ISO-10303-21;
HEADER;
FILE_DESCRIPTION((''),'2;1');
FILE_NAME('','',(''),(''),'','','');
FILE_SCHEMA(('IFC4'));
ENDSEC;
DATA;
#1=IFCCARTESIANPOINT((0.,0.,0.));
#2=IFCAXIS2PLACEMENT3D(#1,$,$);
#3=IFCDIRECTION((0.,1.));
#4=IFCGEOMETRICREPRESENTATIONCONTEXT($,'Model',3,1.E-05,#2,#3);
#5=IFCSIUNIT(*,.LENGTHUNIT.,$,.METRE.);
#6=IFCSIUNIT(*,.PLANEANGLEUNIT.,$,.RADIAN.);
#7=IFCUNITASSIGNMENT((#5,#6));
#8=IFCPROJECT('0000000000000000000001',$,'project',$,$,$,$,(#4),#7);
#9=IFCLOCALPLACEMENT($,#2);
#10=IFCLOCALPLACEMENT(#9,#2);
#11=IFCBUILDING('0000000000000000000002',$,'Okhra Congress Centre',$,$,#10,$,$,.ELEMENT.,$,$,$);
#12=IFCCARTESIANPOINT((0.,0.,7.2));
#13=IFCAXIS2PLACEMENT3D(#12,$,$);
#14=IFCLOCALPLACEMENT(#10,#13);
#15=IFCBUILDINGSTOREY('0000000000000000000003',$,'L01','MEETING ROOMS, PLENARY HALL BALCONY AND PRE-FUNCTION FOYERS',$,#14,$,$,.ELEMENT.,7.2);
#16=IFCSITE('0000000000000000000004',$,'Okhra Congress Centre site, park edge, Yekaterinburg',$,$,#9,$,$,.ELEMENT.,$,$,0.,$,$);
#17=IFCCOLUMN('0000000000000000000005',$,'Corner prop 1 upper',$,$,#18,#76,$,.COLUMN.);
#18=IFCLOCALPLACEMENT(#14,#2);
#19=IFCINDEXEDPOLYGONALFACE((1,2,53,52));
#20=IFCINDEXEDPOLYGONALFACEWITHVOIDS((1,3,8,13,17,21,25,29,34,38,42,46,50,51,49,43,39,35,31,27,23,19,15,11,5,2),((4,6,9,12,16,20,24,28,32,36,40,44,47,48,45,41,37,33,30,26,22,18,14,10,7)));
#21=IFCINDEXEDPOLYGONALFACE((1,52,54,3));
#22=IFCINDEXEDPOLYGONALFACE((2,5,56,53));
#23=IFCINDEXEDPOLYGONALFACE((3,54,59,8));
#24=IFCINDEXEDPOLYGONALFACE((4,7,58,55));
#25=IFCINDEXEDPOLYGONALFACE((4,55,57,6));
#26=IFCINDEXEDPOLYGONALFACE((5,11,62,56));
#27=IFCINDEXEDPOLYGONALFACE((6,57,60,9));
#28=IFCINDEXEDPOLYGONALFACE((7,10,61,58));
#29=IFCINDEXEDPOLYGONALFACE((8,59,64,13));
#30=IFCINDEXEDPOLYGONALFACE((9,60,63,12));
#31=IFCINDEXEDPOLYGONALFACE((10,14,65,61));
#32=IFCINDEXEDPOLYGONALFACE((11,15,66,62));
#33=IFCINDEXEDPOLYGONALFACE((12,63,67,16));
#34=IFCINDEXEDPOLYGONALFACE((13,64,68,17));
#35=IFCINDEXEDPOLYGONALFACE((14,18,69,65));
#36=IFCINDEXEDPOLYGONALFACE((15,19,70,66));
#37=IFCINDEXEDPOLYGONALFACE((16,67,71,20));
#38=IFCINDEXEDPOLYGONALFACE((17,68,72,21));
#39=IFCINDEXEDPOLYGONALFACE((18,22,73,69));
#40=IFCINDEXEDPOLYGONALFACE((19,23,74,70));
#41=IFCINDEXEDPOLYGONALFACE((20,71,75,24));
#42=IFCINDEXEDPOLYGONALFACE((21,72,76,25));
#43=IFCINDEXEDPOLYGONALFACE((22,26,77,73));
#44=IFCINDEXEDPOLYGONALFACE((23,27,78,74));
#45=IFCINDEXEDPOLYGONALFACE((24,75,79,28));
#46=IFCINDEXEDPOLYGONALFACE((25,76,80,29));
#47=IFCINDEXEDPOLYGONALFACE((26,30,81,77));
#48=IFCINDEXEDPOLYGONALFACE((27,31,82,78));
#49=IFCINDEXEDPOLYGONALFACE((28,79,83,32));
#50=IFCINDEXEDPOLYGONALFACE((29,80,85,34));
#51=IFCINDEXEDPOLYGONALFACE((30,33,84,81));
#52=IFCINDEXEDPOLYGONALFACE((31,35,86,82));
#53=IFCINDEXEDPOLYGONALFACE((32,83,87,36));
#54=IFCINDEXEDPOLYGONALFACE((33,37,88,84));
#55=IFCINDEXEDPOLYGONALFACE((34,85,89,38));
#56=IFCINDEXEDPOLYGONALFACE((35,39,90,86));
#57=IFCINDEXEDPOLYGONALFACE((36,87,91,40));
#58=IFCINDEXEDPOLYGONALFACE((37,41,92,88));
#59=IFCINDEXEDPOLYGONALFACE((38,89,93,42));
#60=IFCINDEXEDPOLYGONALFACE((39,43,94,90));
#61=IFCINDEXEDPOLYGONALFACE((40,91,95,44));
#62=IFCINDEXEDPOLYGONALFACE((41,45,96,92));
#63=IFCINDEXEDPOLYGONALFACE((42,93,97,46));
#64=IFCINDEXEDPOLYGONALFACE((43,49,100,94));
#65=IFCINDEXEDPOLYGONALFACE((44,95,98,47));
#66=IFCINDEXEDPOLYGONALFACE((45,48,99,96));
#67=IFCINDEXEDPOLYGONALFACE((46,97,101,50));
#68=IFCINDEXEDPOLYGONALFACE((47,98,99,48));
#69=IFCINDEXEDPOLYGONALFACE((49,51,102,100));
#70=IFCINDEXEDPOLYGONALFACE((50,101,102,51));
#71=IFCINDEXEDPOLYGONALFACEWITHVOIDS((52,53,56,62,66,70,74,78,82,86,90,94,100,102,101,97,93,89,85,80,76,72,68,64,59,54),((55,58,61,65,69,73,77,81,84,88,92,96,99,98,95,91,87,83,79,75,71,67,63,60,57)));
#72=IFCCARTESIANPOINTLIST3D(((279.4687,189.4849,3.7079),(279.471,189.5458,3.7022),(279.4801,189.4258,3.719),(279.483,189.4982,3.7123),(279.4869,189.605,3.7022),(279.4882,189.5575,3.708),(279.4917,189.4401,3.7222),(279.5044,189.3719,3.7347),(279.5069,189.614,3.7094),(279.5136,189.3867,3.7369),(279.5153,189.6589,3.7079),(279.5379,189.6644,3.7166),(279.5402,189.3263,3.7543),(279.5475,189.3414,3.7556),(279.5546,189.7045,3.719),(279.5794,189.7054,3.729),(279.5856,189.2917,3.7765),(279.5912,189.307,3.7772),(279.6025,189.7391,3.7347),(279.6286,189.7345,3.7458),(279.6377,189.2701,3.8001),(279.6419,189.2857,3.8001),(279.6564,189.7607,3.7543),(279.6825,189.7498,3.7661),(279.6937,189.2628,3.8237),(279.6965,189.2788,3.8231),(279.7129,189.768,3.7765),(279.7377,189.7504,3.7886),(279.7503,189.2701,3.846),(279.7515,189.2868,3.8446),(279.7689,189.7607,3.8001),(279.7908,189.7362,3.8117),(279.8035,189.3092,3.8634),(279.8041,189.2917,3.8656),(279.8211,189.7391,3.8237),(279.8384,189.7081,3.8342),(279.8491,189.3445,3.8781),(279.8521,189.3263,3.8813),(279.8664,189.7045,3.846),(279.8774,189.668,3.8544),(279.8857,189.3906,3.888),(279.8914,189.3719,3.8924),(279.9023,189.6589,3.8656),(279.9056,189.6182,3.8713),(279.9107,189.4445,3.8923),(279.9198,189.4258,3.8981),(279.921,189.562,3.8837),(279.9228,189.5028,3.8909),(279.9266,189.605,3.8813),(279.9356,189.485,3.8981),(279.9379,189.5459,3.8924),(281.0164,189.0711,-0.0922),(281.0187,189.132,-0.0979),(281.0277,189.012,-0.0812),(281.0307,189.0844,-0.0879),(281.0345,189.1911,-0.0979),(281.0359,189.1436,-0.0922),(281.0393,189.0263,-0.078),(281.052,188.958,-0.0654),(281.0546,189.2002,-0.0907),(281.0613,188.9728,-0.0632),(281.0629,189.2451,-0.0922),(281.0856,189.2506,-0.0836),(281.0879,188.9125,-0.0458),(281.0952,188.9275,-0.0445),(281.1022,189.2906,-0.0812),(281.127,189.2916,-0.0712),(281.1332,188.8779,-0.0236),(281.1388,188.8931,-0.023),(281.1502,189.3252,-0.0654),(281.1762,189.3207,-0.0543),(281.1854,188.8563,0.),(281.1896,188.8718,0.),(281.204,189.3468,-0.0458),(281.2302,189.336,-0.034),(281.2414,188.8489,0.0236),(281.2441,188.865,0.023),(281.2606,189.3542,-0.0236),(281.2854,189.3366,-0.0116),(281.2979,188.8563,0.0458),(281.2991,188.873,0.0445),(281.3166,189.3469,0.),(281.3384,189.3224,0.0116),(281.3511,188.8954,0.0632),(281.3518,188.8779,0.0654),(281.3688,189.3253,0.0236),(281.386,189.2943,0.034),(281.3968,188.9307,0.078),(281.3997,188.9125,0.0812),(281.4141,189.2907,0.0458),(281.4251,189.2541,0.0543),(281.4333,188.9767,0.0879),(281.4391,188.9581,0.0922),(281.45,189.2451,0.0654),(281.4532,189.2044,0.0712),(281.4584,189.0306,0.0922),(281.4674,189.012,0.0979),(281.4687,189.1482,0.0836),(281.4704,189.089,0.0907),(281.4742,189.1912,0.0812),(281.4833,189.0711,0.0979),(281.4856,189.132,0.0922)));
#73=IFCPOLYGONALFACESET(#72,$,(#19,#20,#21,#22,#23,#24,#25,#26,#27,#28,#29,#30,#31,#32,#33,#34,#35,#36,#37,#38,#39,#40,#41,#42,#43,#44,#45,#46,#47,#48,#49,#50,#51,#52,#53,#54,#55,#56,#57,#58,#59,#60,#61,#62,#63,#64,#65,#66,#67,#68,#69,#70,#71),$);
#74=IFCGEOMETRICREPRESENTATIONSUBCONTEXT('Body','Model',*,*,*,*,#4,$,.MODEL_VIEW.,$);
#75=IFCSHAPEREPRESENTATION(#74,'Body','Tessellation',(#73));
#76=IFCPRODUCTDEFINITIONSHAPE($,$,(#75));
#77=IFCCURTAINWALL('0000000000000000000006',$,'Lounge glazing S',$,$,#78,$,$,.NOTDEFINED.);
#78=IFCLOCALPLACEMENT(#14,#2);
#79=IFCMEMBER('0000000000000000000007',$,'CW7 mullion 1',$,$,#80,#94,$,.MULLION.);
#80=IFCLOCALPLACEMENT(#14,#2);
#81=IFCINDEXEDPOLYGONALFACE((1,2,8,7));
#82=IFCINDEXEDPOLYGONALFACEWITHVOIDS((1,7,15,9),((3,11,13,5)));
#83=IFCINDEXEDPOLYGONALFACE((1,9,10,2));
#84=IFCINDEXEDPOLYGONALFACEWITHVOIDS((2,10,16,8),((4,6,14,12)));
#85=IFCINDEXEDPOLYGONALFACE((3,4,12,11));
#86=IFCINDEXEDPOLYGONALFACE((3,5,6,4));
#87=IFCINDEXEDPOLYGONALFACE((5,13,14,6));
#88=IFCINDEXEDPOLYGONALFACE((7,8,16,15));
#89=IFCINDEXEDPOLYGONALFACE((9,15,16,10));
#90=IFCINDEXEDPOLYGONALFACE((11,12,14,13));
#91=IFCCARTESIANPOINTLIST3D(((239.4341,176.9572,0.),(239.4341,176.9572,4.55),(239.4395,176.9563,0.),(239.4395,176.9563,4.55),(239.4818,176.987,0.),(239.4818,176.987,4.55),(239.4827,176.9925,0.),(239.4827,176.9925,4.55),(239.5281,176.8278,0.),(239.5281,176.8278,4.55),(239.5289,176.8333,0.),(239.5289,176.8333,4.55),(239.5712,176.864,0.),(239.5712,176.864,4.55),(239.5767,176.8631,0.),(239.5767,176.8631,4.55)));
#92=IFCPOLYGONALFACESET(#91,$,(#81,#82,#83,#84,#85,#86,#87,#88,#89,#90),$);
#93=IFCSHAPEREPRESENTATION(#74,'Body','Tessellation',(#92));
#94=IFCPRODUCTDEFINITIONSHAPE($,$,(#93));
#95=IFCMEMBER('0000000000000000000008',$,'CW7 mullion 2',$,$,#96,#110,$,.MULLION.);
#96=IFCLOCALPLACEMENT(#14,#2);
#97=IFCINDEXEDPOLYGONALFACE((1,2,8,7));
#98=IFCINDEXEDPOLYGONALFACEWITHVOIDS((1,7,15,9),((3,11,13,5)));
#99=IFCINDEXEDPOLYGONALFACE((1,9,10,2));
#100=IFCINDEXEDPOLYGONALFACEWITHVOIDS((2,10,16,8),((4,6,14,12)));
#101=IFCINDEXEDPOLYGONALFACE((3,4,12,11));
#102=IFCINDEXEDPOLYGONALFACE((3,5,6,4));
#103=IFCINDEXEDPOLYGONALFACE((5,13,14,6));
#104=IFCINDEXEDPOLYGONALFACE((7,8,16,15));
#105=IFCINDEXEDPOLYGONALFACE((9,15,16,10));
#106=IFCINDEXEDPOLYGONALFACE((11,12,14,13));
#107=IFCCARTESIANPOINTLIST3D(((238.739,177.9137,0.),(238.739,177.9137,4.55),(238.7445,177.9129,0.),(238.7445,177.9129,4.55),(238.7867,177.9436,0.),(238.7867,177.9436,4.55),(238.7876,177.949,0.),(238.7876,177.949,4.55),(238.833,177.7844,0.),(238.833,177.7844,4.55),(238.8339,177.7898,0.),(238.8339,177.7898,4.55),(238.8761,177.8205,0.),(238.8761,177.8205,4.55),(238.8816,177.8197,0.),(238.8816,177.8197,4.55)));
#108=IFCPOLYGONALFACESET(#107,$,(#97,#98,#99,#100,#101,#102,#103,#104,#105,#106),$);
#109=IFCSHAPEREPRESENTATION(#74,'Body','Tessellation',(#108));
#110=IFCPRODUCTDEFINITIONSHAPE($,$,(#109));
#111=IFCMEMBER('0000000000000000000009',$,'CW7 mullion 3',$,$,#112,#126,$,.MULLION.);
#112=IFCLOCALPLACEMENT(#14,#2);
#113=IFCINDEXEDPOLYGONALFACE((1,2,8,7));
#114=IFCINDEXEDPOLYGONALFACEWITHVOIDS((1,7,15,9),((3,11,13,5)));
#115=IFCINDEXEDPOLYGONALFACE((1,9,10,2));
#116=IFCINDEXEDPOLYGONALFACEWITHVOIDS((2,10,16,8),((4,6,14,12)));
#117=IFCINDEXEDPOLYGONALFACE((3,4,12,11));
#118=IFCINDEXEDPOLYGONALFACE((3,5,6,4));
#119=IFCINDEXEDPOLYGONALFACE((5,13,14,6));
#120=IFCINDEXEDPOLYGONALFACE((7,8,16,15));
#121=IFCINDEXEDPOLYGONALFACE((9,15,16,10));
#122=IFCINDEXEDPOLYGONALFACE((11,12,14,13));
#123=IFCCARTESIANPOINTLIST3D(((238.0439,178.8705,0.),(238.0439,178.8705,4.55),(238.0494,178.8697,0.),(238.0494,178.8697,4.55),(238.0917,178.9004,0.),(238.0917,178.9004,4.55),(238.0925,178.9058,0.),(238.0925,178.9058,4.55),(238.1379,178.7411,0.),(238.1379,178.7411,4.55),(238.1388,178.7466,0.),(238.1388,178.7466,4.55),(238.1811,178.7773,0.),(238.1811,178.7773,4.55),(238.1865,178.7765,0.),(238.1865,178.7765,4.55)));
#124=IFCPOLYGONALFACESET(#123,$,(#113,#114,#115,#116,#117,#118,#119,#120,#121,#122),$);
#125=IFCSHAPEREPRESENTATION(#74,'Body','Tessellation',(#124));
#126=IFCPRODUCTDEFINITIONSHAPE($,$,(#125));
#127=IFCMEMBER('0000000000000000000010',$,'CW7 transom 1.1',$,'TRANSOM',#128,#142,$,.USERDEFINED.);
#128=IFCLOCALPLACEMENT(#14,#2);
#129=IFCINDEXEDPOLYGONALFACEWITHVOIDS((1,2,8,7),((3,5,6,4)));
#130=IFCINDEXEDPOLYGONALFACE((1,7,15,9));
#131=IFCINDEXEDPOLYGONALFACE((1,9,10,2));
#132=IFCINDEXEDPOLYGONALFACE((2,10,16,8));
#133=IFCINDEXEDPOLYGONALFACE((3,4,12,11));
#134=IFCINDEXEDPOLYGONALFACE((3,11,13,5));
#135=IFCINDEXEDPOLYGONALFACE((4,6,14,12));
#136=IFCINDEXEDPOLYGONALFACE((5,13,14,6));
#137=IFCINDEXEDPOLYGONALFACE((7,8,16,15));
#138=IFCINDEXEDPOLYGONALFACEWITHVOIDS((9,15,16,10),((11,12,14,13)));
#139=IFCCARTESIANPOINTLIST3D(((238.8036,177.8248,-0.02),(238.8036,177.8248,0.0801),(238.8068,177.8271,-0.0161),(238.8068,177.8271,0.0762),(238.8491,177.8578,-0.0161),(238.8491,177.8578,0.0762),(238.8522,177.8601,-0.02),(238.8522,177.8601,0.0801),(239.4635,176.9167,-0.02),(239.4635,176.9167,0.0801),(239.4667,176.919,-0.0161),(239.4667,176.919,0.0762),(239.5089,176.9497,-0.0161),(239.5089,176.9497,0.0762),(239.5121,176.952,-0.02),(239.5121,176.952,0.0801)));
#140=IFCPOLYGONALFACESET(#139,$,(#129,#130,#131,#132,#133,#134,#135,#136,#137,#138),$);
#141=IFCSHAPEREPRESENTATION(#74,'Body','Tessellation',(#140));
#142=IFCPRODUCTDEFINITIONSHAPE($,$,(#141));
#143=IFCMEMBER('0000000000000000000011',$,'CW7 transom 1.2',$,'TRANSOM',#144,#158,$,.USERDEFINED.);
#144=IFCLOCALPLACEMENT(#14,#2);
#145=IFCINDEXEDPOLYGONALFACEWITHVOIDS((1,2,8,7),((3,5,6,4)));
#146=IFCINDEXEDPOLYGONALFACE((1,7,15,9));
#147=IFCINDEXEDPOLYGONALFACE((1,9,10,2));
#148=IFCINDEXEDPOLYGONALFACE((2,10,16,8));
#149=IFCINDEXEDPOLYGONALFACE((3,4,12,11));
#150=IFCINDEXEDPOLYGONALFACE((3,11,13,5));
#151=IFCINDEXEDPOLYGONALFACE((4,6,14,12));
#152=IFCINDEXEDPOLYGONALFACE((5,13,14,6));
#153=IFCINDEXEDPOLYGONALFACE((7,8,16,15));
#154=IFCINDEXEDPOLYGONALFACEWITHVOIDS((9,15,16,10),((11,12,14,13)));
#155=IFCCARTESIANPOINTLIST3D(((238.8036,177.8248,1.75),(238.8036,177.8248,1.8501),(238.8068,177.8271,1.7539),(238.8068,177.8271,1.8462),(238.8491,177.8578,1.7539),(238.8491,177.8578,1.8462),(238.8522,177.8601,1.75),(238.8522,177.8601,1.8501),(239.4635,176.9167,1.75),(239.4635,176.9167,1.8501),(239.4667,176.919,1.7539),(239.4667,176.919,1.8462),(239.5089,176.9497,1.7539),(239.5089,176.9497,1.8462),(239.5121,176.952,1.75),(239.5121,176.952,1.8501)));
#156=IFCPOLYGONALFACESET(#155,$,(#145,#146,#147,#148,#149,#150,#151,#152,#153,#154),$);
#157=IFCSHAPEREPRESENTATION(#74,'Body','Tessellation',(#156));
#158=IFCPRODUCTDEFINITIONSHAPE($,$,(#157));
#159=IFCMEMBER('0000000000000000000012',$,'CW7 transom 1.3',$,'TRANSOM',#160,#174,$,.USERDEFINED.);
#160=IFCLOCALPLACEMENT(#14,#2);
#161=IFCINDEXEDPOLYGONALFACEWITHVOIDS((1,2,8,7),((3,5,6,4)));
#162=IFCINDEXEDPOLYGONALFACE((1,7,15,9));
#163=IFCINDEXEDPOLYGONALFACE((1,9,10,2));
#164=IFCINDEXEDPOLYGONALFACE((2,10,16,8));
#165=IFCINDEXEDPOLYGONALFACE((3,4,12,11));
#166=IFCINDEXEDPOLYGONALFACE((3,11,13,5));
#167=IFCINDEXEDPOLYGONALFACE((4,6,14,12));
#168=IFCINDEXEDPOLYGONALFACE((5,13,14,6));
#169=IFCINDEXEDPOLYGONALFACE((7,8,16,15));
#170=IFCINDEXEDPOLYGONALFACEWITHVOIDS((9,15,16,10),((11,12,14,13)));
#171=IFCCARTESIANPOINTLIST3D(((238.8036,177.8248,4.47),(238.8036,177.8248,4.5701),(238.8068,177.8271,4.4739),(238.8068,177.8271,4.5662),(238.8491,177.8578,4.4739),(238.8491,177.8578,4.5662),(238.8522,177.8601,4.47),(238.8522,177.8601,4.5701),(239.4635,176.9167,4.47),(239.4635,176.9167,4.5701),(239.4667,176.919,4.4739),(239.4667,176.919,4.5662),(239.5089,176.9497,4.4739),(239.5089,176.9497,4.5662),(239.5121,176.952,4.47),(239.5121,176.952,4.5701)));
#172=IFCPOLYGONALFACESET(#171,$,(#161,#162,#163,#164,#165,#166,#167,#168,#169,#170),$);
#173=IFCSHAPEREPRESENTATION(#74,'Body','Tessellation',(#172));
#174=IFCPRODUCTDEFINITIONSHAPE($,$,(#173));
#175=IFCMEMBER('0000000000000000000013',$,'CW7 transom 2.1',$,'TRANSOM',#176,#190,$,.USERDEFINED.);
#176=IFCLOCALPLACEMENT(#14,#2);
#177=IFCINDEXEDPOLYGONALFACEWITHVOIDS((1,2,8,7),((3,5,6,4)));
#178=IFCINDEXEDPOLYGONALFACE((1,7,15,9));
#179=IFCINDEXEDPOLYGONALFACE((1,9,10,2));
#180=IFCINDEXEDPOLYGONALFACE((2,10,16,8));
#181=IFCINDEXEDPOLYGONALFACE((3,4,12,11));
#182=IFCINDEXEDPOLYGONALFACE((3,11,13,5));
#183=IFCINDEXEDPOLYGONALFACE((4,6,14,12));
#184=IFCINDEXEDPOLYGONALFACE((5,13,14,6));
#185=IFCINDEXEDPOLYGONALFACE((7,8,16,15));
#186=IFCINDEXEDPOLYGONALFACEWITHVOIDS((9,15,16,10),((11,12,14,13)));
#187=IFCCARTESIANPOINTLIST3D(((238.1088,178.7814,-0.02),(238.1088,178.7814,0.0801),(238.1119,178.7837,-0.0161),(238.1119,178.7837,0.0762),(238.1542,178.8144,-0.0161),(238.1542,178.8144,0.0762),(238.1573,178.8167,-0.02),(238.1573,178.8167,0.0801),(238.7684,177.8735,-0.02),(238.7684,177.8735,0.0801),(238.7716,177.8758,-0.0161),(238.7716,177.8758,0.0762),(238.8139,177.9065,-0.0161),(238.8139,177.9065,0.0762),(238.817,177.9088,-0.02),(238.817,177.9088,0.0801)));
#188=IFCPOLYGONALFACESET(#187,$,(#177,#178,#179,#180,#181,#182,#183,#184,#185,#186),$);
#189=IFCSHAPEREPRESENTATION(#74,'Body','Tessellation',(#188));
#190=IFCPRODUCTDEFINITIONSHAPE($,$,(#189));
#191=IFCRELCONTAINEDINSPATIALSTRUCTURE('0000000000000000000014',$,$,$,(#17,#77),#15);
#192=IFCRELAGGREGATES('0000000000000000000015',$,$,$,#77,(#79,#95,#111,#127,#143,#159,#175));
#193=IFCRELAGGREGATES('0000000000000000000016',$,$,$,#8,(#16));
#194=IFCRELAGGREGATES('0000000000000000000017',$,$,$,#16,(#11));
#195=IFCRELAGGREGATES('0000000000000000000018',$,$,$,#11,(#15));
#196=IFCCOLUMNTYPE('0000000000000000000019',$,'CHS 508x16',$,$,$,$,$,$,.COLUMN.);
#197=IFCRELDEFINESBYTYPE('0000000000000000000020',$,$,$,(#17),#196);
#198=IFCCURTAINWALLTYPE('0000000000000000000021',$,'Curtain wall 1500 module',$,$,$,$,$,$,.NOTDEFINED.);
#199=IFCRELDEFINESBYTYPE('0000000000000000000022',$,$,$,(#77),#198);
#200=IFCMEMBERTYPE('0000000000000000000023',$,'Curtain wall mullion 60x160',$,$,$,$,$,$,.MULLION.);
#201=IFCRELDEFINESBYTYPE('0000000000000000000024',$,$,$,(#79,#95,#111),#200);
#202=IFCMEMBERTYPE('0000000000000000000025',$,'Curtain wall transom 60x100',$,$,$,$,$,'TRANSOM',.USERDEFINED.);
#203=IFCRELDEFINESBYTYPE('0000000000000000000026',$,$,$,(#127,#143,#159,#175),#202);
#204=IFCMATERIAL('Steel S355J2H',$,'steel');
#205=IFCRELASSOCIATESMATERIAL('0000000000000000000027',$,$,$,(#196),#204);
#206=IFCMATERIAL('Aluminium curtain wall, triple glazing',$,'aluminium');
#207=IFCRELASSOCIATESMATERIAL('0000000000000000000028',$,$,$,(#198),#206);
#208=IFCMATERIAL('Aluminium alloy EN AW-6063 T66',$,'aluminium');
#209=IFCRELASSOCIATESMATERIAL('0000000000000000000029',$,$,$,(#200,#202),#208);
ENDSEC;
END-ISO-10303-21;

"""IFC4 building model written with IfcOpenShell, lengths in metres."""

from ifc_helpers import new_model, si_unit, direction, frame, origin, origin_2d, place, context, subcontext, project, spatial, hollow_rectangle, hollow_circle, extrude, material, material_profile, profile_set, type_object, element, aggregate, save


model = new_model("IFC4")

# Units and contexts
model_context = context("Model", 3, precision=1e-05, world=origin(), true_north=direction((0.0, 1.0)))
body_context = subcontext(model_context, "Body", "Model", "MODEL_VIEW")
ifc_project = project(units=[si_unit("LENGTHUNIT", "METRE"), si_unit("PLANEANGLEUNIT", "RADIAN")], contexts=[model_context])

# Site, building, storey
site_placement = place(None, origin())
site = spatial("IfcSite", under=ifc_project, at=site_placement, Name="Okhra Congress Centre site, park edge, Yekaterinburg", CompositionType="ELEMENT", RefElevation=0.0)
building_placement = place(site_placement, origin())
building = spatial("IfcBuilding", under=site, at=building_placement, Name="Okhra Congress Centre", CompositionType="ELEMENT")
storey_placement = place(building_placement, frame((0.0, 0.0, 7.2)))
storey = spatial("IfcBuildingStorey", under=building, at=storey_placement, Name="L01", Description="MEETING ROOMS, PLENARY HALL BALCONY AND PRE-FUNCTION FOYERS", CompositionType="ELEMENT", Elevation=7.2)

# Column
ifc_material_1 = material(Name="Steel S355J2H", Category="steel")
ifc_material_profile_1 = material_profile(ifc_material_1, hollow_circle(Radius=0.2539, WallThickness=0.0161, at=origin_2d()), Name="CHS 508x16")
ifc_profile_set_1 = profile_set([ifc_material_profile_1], Name="Steel S355J2H")
column_type = type_object("IfcColumnType", Name="CHS 508x16", PredefinedType="COLUMN", material=ifc_profile_set_1)
column_placement = place(storey_placement, frame((281.251, 189.1016, 0.0), z_axis=(-0.375276, 0.100346, 0.921466), x_axis=(-0.258317, -0.96606, 0.0)))
element("IfcColumn", 1, at=column_placement, inside=storey, type_object=column_type, Name="Corner prop 1 upper", PredefinedType="COLUMN", context=body_context, shape_type="SweptSolid", body=[
    extrude(hollow_circle(Radius=0.2539, WallThickness=0.0161, at=origin_2d()), origin(), (0.0, 0.0, 1.0), 4.124),
])

# Curtain wall, members
ifc_material_2 = material(Name="Aluminium curtain wall, triple glazing", Category="aluminium")
curtain_wall_type = type_object("IfcCurtainWallType", Name="Curtain wall 1500 module", PredefinedType="NOTDEFINED", material=ifc_material_2)
curtain_wall_placement = place(storey_placement, origin())
curtain_wall = element("IfcCurtainWall", 2, at=curtain_wall_placement, inside=storey, type_object=curtain_wall_type, Name="Lounge glazing S", PredefinedType="NOTDEFINED")
ifc_material_3 = material(Name="Aluminium alloy EN AW-6063 T66", Category="aluminium")
ifc_material_profile_2 = material_profile(ifc_material_3, hollow_rectangle(XDim=0.0601, YDim=0.1599, WallThickness=0.0039, at=origin_2d()), Name="RHS 60x160x4")
ifc_profile_set_2 = profile_set([ifc_material_profile_2], Name="Aluminium alloy EN AW-6063 T66")
member_type_1 = type_object("IfcMemberType", Name="Curtain wall mullion 60x160", PredefinedType="MULLION", material=ifc_profile_set_2)
member_1_placement = place(storey_placement, frame((239.5054, 176.9102, 0.0), z_axis=(0.0, 0.0, 1.0), x_axis=(-0.809017, -0.587785, 0.0)))
member_1 = element("IfcMember", 3, at=member_1_placement, type_object=member_type_1, Name="CW7 mullion 1", PredefinedType="MULLION", context=body_context, shape_type="SweptSolid", body=[
    extrude(hollow_rectangle(XDim=0.0601, YDim=0.1599, WallThickness=0.0039, at=origin_2d()), origin(), (0.0, 0.0, 1.0), 4.55),
])
member_2_placement = place(storey_placement, frame((238.8103, 177.8667, 0.0), z_axis=(0.0, 0.0, 1.0), x_axis=(-0.809017, -0.587785, 0.0)))
member_2 = element("IfcMember", 4, at=member_2_placement, type_object=member_type_1, Name="CW7 mullion 2", PredefinedType="MULLION", context=body_context, shape_type="SweptSolid", body=[
    extrude(hollow_rectangle(XDim=0.0601, YDim=0.1599, WallThickness=0.0039, at=origin_2d()), origin(), (0.0, 0.0, 1.0), 4.55),
])
member_3_placement = place(storey_placement, frame((238.1152, 178.8235, 0.0), z_axis=(0.0, 0.0, 1.0), x_axis=(-0.809017, -0.587785, 0.0)))
member_3 = element("IfcMember", 5, at=member_3_placement, type_object=member_type_1, Name="CW7 mullion 3", PredefinedType="MULLION", context=body_context, shape_type="SweptSolid", body=[
    extrude(hollow_rectangle(XDim=0.0601, YDim=0.1599, WallThickness=0.0039, at=origin_2d()), origin(), (0.0, 0.0, 1.0), 4.55),
])
ifc_material_profile_3 = material_profile(ifc_material_3, hollow_rectangle(XDim=0.0601, YDim=0.1001, WallThickness=0.0039, at=origin_2d()), Name="RHS 60x100x4")
ifc_profile_set_3 = profile_set([ifc_material_profile_3], Name="Aluminium alloy EN AW-6063 T66")
member_type_2 = type_object("IfcMemberType", Name="Curtain wall transom 60x100", ElementType="TRANSOM", PredefinedType="USERDEFINED", material=ifc_profile_set_3)
member_4_placement = place(storey_placement, frame((239.4878, 176.9343, 0.03), z_axis=(-0.587823, 0.80899, 0.0), x_axis=(-0.80899, -0.587823, 0.0)))
member_4 = element("IfcMember", 6, at=member_4_placement, type_object=member_type_2, Name="CW7 transom 1.1", ObjectType="TRANSOM", PredefinedType="USERDEFINED", context=body_context, shape_type="SweptSolid", body=[
    extrude(hollow_rectangle(XDim=0.0601, YDim=0.1001, WallThickness=0.0039, at=origin_2d()), origin(), (0.0, 0.0, 1.0), 1.1226),
])
member_5_placement = place(storey_placement, frame((239.4878, 176.9343, 1.8), z_axis=(-0.587823, 0.80899, 0.0), x_axis=(-0.80899, -0.587823, 0.0)))
member_5 = element("IfcMember", 7, at=member_5_placement, type_object=member_type_2, Name="CW7 transom 1.2", ObjectType="TRANSOM", PredefinedType="USERDEFINED", context=body_context, shape_type="SweptSolid", body=[
    extrude(hollow_rectangle(XDim=0.0601, YDim=0.1001, WallThickness=0.0039, at=origin_2d()), origin(), (0.0, 0.0, 1.0), 1.1226),
])
member_6_placement = place(storey_placement, frame((239.4878, 176.9343, 4.52), z_axis=(-0.587823, 0.80899, 0.0), x_axis=(-0.80899, -0.587823, 0.0)))
member_6 = element("IfcMember", 8, at=member_6_placement, type_object=member_type_2, Name="CW7 transom 1.3", ObjectType="TRANSOM", PredefinedType="USERDEFINED", context=body_context, shape_type="SweptSolid", body=[
    extrude(hollow_rectangle(XDim=0.0601, YDim=0.1001, WallThickness=0.0039, at=origin_2d()), origin(), (0.0, 0.0, 1.0), 1.1226),
])
member_7_placement = place(storey_placement, frame((238.7927, 177.8911, 0.03), z_axis=(-0.587784, 0.809018, 0.0), x_axis=(-0.809018, -0.587784, 0.0)))
member_7 = element("IfcMember", 9, at=member_7_placement, type_object=member_type_2, Name="CW7 transom 2.1", ObjectType="TRANSOM", PredefinedType="USERDEFINED", context=body_context, shape_type="SweptSolid", body=[
    extrude(hollow_rectangle(XDim=0.0601, YDim=0.1001, WallThickness=0.0039, at=origin_2d()), origin(), (0.0, 0.0, 1.0), 1.1223),
])
aggregate(curtain_wall, [member_1, member_2, member_3, member_4, member_5, member_6, member_7])

save(model, "model.ifc")
